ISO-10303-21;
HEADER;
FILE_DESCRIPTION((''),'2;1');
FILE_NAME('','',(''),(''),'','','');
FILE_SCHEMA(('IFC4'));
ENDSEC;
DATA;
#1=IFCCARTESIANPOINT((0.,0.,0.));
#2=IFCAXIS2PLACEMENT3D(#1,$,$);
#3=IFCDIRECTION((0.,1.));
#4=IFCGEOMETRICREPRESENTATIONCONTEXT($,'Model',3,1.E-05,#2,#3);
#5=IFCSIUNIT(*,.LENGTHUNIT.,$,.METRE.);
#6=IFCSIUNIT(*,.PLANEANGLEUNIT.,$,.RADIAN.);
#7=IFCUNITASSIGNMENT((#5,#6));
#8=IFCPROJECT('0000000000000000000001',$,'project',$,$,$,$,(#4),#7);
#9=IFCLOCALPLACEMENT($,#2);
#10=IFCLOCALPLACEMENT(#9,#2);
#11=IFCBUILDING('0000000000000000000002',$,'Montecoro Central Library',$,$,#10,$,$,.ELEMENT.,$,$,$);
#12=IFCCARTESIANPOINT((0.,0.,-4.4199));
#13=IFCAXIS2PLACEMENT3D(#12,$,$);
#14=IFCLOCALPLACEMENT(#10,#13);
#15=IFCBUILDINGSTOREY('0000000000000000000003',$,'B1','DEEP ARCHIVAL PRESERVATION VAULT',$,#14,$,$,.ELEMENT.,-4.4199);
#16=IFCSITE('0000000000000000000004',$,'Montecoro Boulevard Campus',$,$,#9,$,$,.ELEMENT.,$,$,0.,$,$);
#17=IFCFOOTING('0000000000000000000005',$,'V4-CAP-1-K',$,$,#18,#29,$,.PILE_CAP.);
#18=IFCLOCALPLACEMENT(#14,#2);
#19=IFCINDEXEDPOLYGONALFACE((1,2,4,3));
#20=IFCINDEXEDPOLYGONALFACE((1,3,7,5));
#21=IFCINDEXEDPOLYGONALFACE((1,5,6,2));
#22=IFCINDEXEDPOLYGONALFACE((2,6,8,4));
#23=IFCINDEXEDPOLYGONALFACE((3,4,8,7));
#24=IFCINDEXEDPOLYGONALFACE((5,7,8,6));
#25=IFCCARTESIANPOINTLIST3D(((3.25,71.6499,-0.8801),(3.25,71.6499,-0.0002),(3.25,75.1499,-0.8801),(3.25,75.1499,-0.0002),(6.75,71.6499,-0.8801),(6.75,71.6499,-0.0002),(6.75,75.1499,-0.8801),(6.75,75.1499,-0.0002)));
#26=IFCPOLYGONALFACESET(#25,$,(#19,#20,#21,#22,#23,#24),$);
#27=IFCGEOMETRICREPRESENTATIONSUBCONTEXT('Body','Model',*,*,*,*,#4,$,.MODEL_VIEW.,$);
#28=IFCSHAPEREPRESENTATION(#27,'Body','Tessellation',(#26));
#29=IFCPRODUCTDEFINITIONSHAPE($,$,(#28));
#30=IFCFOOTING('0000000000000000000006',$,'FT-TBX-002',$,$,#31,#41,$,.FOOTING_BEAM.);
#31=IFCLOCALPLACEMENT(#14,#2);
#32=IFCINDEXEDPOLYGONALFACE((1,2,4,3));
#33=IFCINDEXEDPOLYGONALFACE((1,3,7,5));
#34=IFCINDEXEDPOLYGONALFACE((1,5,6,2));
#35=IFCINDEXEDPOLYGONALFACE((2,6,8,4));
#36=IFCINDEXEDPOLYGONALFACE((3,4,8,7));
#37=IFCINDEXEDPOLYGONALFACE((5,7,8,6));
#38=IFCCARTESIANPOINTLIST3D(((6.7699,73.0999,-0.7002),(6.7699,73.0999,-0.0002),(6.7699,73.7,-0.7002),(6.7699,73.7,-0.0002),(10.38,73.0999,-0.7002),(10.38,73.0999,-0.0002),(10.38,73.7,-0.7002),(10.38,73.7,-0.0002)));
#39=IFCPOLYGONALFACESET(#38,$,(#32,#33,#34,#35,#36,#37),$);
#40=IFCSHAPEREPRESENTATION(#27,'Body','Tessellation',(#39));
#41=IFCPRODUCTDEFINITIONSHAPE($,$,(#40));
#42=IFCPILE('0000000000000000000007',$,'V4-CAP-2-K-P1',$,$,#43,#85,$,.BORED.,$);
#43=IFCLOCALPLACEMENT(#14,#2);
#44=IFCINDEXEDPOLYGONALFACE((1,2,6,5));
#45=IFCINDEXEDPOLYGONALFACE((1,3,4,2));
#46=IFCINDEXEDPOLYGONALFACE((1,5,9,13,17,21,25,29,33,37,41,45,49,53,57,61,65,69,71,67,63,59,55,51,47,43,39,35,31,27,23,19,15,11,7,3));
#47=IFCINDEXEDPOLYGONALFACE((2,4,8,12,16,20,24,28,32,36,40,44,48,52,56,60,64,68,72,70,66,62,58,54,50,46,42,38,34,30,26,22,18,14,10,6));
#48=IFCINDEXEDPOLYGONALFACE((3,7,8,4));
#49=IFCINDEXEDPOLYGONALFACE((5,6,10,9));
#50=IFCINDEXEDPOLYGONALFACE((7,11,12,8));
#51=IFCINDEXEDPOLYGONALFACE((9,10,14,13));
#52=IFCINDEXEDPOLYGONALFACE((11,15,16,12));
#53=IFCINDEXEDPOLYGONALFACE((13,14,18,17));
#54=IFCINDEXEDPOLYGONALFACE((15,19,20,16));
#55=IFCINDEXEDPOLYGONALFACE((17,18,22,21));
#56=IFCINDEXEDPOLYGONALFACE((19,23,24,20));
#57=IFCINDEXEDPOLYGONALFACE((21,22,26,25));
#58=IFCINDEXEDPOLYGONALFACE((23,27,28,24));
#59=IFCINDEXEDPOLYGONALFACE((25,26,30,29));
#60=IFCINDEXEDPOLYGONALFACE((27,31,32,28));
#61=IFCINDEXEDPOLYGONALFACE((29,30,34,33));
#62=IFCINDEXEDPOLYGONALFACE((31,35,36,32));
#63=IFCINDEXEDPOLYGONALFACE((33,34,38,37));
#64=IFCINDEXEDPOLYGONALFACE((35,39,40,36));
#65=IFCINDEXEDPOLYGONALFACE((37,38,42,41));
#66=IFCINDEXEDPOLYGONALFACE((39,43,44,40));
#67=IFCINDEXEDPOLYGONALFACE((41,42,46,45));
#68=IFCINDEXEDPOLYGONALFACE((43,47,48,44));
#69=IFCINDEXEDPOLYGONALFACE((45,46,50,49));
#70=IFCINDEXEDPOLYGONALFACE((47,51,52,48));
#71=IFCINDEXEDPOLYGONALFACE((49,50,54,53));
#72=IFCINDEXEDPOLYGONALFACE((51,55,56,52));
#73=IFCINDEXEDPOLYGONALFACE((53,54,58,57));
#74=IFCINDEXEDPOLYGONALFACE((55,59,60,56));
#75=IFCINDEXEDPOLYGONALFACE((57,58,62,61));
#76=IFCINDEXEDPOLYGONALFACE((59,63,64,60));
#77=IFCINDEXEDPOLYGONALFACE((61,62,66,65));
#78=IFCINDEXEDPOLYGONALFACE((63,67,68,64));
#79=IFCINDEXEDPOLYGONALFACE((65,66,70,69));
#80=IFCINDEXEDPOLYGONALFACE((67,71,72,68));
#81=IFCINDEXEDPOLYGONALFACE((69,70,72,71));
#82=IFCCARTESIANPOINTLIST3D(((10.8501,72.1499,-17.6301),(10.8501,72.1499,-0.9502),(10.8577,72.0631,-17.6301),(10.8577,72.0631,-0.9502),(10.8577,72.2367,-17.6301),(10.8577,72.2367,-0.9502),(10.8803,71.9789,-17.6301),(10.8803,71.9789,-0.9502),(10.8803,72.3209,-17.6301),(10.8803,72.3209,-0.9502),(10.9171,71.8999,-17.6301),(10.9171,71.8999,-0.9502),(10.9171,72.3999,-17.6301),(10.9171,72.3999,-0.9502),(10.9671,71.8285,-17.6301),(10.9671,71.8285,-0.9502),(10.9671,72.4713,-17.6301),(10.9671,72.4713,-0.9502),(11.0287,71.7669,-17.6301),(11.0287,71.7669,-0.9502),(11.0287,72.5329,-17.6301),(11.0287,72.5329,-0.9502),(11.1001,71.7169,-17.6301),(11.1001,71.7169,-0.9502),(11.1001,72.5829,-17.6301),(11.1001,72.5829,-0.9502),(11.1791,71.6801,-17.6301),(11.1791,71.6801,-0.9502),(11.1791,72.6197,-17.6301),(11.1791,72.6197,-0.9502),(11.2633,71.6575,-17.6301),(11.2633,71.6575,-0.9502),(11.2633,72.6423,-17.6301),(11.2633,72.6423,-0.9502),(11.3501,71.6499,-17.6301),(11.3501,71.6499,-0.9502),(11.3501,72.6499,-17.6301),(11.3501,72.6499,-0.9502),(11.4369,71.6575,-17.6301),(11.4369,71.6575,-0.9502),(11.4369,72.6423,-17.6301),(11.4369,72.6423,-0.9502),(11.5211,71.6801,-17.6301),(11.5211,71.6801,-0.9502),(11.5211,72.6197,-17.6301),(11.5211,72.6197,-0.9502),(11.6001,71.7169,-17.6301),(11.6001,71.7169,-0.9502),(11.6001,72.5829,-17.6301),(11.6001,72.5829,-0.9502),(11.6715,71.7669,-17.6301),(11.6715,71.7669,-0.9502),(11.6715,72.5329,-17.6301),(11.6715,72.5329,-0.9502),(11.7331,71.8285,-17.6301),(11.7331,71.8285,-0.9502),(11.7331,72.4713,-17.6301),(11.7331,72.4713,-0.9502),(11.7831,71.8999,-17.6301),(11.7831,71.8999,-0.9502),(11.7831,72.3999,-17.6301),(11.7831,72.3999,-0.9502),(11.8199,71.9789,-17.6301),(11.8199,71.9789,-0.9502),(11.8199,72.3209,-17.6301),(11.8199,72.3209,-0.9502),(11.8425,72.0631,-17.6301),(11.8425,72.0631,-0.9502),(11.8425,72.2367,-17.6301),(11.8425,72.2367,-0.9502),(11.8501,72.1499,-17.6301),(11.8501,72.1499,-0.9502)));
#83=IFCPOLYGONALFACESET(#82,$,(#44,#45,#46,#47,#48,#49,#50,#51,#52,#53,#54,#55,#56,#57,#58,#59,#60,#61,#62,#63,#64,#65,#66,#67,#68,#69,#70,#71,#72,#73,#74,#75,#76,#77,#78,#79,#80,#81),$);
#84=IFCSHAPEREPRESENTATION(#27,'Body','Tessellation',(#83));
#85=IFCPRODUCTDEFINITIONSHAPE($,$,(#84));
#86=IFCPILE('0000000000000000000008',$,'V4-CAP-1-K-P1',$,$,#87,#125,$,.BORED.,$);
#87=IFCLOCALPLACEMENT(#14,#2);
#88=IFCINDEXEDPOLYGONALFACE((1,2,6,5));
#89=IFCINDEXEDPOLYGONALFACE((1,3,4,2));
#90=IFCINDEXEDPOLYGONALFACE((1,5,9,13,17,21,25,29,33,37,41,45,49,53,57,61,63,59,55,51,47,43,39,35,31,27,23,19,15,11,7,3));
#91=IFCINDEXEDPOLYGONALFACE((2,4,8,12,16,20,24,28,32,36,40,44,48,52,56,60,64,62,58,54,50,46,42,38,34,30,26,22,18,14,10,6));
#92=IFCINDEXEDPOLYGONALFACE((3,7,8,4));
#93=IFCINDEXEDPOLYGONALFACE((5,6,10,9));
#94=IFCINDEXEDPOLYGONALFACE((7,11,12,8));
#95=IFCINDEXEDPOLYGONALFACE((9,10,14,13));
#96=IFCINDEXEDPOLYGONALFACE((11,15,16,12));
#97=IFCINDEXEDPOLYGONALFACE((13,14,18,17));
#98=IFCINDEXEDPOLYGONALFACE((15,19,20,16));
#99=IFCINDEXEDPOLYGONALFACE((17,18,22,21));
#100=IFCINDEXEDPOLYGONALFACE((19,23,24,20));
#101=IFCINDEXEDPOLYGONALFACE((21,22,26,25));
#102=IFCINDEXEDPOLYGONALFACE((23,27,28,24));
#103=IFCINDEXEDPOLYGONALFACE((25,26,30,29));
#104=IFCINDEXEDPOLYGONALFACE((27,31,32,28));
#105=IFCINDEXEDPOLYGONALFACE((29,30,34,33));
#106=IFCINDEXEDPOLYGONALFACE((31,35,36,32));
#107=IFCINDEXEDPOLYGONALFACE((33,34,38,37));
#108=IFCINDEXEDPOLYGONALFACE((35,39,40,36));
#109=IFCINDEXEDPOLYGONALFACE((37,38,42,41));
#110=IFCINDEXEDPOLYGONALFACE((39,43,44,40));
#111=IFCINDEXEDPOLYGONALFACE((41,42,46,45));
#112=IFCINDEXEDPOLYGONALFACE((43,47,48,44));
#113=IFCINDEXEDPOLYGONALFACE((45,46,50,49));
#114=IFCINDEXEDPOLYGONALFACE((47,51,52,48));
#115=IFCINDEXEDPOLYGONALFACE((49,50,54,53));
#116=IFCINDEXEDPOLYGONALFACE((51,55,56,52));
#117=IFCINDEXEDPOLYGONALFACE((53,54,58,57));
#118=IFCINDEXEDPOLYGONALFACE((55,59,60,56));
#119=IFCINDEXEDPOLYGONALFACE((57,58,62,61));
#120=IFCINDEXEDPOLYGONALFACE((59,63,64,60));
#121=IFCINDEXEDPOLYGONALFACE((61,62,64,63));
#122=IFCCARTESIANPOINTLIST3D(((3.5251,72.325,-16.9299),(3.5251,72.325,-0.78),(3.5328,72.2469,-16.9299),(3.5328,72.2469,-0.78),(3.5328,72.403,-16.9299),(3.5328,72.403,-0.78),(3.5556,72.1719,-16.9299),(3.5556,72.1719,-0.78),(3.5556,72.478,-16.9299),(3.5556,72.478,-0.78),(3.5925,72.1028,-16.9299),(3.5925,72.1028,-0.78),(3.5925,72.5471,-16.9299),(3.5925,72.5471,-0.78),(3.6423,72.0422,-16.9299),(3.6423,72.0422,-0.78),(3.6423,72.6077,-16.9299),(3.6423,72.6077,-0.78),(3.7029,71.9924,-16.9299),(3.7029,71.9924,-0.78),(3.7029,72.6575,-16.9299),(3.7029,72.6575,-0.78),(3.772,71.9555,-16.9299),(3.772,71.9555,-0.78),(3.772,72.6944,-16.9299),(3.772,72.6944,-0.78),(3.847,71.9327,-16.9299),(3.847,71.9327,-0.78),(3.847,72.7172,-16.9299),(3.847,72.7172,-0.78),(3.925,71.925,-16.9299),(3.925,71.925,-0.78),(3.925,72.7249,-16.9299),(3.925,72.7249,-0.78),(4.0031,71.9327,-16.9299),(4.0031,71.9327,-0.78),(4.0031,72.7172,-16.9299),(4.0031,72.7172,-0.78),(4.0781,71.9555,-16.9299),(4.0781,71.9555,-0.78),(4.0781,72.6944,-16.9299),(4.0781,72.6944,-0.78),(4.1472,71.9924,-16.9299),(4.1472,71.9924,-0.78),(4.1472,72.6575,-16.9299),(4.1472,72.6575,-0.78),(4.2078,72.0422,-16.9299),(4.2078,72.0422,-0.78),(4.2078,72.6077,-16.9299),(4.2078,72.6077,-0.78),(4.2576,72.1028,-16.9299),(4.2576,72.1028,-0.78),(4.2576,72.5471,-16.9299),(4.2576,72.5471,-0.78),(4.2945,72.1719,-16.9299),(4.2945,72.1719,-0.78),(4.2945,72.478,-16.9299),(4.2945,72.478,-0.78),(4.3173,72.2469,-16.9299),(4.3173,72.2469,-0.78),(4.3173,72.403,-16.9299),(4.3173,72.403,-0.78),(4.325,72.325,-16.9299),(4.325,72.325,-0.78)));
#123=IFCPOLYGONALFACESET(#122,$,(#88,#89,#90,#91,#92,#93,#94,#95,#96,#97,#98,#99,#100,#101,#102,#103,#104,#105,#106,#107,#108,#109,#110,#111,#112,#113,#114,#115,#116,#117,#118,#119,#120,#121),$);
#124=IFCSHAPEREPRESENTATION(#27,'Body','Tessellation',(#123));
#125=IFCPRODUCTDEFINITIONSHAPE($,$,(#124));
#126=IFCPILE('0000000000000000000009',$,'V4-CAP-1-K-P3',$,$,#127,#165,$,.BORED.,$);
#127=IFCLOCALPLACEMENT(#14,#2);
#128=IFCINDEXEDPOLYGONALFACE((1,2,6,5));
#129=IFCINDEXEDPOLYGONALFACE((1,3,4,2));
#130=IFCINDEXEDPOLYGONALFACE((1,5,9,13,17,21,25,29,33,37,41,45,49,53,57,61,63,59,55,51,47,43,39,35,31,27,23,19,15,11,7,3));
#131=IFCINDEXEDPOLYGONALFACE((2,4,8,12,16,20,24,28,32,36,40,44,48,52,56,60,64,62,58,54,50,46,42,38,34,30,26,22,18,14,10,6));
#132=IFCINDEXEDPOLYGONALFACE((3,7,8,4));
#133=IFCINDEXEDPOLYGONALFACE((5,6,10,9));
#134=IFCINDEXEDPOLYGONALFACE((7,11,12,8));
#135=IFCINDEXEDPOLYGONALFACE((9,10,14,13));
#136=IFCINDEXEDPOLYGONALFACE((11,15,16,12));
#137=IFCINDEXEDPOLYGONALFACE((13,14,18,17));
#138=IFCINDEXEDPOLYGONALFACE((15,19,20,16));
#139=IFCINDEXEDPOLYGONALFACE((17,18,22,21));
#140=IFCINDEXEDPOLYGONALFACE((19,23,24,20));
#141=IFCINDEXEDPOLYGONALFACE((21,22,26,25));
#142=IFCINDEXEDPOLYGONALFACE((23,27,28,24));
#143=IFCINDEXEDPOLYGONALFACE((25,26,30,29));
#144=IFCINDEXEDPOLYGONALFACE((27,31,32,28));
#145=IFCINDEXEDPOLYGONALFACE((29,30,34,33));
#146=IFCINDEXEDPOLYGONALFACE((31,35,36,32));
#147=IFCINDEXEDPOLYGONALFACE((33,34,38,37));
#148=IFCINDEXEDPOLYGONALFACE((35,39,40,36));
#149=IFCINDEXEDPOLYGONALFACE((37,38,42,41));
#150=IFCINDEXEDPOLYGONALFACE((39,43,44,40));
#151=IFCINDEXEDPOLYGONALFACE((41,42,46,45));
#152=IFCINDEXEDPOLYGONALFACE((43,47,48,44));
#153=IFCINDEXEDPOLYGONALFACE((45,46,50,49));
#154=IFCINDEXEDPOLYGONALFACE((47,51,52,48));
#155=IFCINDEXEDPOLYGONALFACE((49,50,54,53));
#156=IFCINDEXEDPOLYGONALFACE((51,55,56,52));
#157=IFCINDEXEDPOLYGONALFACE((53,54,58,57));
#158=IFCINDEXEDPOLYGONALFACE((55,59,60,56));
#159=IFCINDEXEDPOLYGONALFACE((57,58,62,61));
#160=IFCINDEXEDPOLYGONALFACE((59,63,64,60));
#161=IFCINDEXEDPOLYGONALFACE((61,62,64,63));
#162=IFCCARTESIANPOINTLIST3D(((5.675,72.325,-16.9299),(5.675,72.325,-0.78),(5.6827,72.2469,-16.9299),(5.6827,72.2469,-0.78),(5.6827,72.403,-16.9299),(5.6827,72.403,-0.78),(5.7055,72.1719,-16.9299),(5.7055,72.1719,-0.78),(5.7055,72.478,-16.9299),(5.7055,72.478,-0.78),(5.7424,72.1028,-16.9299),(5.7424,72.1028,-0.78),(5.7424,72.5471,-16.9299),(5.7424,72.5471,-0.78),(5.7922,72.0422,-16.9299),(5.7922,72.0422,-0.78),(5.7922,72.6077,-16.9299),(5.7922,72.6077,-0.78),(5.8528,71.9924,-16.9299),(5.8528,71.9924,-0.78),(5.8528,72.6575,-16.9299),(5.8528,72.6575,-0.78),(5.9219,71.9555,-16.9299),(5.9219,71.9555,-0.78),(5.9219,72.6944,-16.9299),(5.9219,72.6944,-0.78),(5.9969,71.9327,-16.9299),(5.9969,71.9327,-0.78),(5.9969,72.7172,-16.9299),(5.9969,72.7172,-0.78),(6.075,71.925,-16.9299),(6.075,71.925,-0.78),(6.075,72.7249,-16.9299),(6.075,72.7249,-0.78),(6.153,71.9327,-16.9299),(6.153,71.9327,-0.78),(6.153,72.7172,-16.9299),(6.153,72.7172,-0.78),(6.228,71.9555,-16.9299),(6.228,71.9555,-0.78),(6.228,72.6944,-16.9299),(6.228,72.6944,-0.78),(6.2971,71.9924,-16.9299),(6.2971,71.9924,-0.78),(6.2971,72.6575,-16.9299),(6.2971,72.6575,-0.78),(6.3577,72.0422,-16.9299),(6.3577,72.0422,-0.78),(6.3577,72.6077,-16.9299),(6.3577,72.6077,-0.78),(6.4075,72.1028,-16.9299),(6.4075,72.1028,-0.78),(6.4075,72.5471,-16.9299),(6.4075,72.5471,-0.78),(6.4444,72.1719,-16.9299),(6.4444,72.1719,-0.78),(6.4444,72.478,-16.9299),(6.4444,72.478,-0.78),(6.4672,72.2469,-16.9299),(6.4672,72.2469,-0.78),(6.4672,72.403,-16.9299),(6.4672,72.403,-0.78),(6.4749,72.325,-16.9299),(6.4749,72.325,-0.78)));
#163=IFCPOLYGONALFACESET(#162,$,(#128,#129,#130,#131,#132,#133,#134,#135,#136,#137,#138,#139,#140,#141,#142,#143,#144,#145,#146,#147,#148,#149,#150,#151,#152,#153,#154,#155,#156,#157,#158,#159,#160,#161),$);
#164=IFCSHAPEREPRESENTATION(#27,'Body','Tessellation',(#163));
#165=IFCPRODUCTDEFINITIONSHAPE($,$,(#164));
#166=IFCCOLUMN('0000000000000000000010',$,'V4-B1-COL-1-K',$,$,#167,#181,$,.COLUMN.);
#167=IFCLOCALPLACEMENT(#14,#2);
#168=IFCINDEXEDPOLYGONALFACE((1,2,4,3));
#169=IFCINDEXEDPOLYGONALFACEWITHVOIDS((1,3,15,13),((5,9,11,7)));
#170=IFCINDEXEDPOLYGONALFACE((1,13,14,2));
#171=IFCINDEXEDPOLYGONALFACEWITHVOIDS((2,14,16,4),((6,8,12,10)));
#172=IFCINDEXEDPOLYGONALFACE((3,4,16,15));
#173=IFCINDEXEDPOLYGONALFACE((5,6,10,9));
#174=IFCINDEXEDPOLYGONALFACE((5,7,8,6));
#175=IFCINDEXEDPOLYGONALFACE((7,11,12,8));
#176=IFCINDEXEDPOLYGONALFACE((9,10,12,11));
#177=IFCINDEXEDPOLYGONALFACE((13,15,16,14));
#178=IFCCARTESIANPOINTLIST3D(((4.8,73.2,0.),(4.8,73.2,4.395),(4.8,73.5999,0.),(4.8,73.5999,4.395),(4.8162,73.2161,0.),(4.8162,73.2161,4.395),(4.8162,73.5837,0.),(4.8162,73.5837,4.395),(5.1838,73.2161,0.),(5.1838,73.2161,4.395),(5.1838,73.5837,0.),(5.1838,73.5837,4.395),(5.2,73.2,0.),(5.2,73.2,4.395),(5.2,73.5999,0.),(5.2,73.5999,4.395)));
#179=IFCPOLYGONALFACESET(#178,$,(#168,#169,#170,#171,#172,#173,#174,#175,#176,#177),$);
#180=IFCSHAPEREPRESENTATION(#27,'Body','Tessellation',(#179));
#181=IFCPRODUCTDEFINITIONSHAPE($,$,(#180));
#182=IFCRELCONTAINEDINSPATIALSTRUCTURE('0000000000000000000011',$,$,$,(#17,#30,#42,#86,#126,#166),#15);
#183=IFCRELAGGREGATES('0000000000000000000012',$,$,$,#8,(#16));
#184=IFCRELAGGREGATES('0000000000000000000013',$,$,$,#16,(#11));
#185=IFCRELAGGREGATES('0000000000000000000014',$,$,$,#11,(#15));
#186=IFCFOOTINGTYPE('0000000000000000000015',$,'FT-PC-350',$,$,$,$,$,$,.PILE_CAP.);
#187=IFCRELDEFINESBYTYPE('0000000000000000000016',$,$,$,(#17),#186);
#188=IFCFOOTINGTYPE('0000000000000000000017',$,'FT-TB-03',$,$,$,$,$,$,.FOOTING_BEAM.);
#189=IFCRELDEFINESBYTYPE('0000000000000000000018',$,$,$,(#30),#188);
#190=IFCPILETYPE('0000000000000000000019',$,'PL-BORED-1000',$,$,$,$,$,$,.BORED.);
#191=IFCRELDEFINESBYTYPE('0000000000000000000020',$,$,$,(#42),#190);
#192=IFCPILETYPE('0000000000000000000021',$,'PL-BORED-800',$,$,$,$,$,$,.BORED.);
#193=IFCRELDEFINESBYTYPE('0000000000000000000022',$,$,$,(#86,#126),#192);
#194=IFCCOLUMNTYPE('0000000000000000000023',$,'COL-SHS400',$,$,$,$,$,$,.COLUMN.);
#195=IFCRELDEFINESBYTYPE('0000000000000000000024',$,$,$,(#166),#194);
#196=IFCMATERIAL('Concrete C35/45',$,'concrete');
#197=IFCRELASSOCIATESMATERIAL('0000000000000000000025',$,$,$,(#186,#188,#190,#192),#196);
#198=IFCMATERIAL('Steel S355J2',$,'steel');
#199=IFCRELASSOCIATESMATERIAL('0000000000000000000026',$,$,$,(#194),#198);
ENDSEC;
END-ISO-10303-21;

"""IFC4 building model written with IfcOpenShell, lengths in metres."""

from ifc_helpers import new_model, si_unit, direction, frame, origin, origin_2d, place, context, subcontext, project, spatial, rectangle, hollow_rectangle, circle, extrude, material, material_profile, profile_set, type_object, element, save


model = new_model("IFC4")

# Units and contexts
model_context = context("Model", 3, precision=1e-05, world=origin(), true_north=direction((0.0, 1.0)))
body_context = subcontext(model_context, "Body", "Model", "MODEL_VIEW")
ifc_project = project(units=[si_unit("LENGTHUNIT", "METRE"), si_unit("PLANEANGLEUNIT", "RADIAN")], contexts=[model_context])

# Site, building, storey
site_placement = place(None, origin())
site = spatial("IfcSite", under=ifc_project, at=site_placement, Name="Montecoro Boulevard Campus", CompositionType="ELEMENT", RefElevation=0.0)
building_placement = place(site_placement, origin())
building = spatial("IfcBuilding", under=site, at=building_placement, Name="Montecoro Central Library", CompositionType="ELEMENT")
storey_placement = place(building_placement, frame((0.0, 0.0, -4.4199)))
storey = spatial("IfcBuildingStorey", under=building, at=storey_placement, Name="B1", Description="DEEP ARCHIVAL PRESERVATION VAULT", CompositionType="ELEMENT", Elevation=-4.4199)

# Footings
ifc_material_1 = material(Name="Concrete C35/45", Category="concrete")
footing_type_1 = type_object("IfcFootingType", Name="FT-PC-350", PredefinedType="PILE_CAP", material=ifc_material_1)
footing_1_placement = place(storey_placement, frame((5.0, 73.3999, -0.8801), z_axis=(0.0, 0.0, 1.0), x_axis=(1.0, 0.0, 0.0)))
element("IfcFooting", 1, at=footing_1_placement, inside=storey, type_object=footing_type_1, Name="V4-CAP-1-K", PredefinedType="PILE_CAP", context=body_context, shape_type="SweptSolid", body=[
    extrude(rectangle(XDim=3.5, YDim=3.5, at=origin_2d()), origin(), (0.0, 0.0, 1.0), 0.8799),
])
footing_type_2 = type_object("IfcFootingType", Name="FT-TB-03", PredefinedType="FOOTING_BEAM", material=ifc_material_1)
footing_2_placement = place(storey_placement, frame((8.575, 73.3999, -0.7002), z_axis=(0.0, 0.0, 1.0), x_axis=(1.0, 0.0, 0.0)))
element("IfcFooting", 2, at=footing_2_placement, inside=storey, type_object=footing_type_2, Name="FT-TBX-002", PredefinedType="FOOTING_BEAM", context=body_context, shape_type="SweptSolid", body=[
    extrude(rectangle(XDim=3.6101, YDim=0.6001, at=origin_2d()), origin(), (0.0, 0.0, 1.0), 0.7),
])

# Piles
ifc_material_profile_1 = material_profile(ifc_material_1, circle(Radius=0.5, at=origin_2d()), Name="PILE D1000")
ifc_profile_set_1 = profile_set([ifc_material_profile_1], Name="Concrete C35/45")
pile_type_1 = type_object("IfcPileType", Name="PL-BORED-1000", PredefinedType="BORED", material=ifc_profile_set_1)
pile_placement = place(storey_placement, frame((11.3501, 72.1499, -0.9502), z_axis=(0.0, 0.0, -1.0), x_axis=(1.0, 0.0, 0.0)))
element("IfcPile", 3, at=pile_placement, inside=storey, type_object=pile_type_1, Name="V4-CAP-2-K-P1", PredefinedType="BORED", context=body_context, shape_type="SweptSolid", body=[
    extrude(circle(Radius=0.5, at=origin_2d()), origin(), (0.0, 0.0, 1.0), 16.6799),
])
ifc_material_profile_2 = material_profile(ifc_material_1, circle(Radius=0.3999, at=origin_2d()), Name="PILE D800")
ifc_profile_set_2 = profile_set([ifc_material_profile_2], Name="Concrete C35/45")
pile_type_2 = type_object("IfcPileType", Name="PL-BORED-800", PredefinedType="BORED", material=ifc_profile_set_2)
for number, where, z_axis, x_axis, name in (
    (4, (3.925, 72.325, -0.78), (0.0, 0.0, -1.0), (1.0, 0.0, 0.0), "V4-CAP-1-K-P1"),
    (5, (6.075, 72.325, -0.78), (0.0, 0.0, -1.0), (1.0, 0.0, 0.0), "V4-CAP-1-K-P3"),
):
    element("IfcPile", number, at=place(storey_placement, frame(where, z_axis=z_axis, x_axis=x_axis)), inside=storey, type_object=pile_type_2, Name=name, PredefinedType="BORED", context=body_context, shape_type="SweptSolid", body=[
        extrude(circle(Radius=0.3999, at=origin_2d()), origin(), (0.0, 0.0, 1.0), 16.1499),
    ])

# Column
ifc_material_2 = material(Name="Steel S355J2", Category="steel")
ifc_material_profile_3 = material_profile(ifc_material_2, hollow_rectangle(XDim=0.3999, YDim=0.3999, WallThickness=0.0161, at=origin_2d()), Name="SHS 400x400x16.0")
ifc_profile_set_3 = profile_set([ifc_material_profile_3], Name="Steel S355J2")
column_type = type_object("IfcColumnType", Name="COL-SHS400", PredefinedType="COLUMN", material=ifc_profile_set_3)
column_placement = place(storey_placement, frame((5.0, 73.3999, 0.0), z_axis=(0.0, 0.0, 1.0), x_axis=(1.0, 0.0, 0.0)))
element("IfcColumn", 6, at=column_placement, inside=storey, type_object=column_type, Name="V4-B1-COL-1-K", PredefinedType="COLUMN", context=body_context, shape_type="SweptSolid", body=[
    extrude(hollow_rectangle(XDim=0.3999, YDim=0.3999, WallThickness=0.0161, at=origin_2d()), origin(), (0.0, 0.0, 1.0), 4.395),
])

save(model, "model.ifc")
